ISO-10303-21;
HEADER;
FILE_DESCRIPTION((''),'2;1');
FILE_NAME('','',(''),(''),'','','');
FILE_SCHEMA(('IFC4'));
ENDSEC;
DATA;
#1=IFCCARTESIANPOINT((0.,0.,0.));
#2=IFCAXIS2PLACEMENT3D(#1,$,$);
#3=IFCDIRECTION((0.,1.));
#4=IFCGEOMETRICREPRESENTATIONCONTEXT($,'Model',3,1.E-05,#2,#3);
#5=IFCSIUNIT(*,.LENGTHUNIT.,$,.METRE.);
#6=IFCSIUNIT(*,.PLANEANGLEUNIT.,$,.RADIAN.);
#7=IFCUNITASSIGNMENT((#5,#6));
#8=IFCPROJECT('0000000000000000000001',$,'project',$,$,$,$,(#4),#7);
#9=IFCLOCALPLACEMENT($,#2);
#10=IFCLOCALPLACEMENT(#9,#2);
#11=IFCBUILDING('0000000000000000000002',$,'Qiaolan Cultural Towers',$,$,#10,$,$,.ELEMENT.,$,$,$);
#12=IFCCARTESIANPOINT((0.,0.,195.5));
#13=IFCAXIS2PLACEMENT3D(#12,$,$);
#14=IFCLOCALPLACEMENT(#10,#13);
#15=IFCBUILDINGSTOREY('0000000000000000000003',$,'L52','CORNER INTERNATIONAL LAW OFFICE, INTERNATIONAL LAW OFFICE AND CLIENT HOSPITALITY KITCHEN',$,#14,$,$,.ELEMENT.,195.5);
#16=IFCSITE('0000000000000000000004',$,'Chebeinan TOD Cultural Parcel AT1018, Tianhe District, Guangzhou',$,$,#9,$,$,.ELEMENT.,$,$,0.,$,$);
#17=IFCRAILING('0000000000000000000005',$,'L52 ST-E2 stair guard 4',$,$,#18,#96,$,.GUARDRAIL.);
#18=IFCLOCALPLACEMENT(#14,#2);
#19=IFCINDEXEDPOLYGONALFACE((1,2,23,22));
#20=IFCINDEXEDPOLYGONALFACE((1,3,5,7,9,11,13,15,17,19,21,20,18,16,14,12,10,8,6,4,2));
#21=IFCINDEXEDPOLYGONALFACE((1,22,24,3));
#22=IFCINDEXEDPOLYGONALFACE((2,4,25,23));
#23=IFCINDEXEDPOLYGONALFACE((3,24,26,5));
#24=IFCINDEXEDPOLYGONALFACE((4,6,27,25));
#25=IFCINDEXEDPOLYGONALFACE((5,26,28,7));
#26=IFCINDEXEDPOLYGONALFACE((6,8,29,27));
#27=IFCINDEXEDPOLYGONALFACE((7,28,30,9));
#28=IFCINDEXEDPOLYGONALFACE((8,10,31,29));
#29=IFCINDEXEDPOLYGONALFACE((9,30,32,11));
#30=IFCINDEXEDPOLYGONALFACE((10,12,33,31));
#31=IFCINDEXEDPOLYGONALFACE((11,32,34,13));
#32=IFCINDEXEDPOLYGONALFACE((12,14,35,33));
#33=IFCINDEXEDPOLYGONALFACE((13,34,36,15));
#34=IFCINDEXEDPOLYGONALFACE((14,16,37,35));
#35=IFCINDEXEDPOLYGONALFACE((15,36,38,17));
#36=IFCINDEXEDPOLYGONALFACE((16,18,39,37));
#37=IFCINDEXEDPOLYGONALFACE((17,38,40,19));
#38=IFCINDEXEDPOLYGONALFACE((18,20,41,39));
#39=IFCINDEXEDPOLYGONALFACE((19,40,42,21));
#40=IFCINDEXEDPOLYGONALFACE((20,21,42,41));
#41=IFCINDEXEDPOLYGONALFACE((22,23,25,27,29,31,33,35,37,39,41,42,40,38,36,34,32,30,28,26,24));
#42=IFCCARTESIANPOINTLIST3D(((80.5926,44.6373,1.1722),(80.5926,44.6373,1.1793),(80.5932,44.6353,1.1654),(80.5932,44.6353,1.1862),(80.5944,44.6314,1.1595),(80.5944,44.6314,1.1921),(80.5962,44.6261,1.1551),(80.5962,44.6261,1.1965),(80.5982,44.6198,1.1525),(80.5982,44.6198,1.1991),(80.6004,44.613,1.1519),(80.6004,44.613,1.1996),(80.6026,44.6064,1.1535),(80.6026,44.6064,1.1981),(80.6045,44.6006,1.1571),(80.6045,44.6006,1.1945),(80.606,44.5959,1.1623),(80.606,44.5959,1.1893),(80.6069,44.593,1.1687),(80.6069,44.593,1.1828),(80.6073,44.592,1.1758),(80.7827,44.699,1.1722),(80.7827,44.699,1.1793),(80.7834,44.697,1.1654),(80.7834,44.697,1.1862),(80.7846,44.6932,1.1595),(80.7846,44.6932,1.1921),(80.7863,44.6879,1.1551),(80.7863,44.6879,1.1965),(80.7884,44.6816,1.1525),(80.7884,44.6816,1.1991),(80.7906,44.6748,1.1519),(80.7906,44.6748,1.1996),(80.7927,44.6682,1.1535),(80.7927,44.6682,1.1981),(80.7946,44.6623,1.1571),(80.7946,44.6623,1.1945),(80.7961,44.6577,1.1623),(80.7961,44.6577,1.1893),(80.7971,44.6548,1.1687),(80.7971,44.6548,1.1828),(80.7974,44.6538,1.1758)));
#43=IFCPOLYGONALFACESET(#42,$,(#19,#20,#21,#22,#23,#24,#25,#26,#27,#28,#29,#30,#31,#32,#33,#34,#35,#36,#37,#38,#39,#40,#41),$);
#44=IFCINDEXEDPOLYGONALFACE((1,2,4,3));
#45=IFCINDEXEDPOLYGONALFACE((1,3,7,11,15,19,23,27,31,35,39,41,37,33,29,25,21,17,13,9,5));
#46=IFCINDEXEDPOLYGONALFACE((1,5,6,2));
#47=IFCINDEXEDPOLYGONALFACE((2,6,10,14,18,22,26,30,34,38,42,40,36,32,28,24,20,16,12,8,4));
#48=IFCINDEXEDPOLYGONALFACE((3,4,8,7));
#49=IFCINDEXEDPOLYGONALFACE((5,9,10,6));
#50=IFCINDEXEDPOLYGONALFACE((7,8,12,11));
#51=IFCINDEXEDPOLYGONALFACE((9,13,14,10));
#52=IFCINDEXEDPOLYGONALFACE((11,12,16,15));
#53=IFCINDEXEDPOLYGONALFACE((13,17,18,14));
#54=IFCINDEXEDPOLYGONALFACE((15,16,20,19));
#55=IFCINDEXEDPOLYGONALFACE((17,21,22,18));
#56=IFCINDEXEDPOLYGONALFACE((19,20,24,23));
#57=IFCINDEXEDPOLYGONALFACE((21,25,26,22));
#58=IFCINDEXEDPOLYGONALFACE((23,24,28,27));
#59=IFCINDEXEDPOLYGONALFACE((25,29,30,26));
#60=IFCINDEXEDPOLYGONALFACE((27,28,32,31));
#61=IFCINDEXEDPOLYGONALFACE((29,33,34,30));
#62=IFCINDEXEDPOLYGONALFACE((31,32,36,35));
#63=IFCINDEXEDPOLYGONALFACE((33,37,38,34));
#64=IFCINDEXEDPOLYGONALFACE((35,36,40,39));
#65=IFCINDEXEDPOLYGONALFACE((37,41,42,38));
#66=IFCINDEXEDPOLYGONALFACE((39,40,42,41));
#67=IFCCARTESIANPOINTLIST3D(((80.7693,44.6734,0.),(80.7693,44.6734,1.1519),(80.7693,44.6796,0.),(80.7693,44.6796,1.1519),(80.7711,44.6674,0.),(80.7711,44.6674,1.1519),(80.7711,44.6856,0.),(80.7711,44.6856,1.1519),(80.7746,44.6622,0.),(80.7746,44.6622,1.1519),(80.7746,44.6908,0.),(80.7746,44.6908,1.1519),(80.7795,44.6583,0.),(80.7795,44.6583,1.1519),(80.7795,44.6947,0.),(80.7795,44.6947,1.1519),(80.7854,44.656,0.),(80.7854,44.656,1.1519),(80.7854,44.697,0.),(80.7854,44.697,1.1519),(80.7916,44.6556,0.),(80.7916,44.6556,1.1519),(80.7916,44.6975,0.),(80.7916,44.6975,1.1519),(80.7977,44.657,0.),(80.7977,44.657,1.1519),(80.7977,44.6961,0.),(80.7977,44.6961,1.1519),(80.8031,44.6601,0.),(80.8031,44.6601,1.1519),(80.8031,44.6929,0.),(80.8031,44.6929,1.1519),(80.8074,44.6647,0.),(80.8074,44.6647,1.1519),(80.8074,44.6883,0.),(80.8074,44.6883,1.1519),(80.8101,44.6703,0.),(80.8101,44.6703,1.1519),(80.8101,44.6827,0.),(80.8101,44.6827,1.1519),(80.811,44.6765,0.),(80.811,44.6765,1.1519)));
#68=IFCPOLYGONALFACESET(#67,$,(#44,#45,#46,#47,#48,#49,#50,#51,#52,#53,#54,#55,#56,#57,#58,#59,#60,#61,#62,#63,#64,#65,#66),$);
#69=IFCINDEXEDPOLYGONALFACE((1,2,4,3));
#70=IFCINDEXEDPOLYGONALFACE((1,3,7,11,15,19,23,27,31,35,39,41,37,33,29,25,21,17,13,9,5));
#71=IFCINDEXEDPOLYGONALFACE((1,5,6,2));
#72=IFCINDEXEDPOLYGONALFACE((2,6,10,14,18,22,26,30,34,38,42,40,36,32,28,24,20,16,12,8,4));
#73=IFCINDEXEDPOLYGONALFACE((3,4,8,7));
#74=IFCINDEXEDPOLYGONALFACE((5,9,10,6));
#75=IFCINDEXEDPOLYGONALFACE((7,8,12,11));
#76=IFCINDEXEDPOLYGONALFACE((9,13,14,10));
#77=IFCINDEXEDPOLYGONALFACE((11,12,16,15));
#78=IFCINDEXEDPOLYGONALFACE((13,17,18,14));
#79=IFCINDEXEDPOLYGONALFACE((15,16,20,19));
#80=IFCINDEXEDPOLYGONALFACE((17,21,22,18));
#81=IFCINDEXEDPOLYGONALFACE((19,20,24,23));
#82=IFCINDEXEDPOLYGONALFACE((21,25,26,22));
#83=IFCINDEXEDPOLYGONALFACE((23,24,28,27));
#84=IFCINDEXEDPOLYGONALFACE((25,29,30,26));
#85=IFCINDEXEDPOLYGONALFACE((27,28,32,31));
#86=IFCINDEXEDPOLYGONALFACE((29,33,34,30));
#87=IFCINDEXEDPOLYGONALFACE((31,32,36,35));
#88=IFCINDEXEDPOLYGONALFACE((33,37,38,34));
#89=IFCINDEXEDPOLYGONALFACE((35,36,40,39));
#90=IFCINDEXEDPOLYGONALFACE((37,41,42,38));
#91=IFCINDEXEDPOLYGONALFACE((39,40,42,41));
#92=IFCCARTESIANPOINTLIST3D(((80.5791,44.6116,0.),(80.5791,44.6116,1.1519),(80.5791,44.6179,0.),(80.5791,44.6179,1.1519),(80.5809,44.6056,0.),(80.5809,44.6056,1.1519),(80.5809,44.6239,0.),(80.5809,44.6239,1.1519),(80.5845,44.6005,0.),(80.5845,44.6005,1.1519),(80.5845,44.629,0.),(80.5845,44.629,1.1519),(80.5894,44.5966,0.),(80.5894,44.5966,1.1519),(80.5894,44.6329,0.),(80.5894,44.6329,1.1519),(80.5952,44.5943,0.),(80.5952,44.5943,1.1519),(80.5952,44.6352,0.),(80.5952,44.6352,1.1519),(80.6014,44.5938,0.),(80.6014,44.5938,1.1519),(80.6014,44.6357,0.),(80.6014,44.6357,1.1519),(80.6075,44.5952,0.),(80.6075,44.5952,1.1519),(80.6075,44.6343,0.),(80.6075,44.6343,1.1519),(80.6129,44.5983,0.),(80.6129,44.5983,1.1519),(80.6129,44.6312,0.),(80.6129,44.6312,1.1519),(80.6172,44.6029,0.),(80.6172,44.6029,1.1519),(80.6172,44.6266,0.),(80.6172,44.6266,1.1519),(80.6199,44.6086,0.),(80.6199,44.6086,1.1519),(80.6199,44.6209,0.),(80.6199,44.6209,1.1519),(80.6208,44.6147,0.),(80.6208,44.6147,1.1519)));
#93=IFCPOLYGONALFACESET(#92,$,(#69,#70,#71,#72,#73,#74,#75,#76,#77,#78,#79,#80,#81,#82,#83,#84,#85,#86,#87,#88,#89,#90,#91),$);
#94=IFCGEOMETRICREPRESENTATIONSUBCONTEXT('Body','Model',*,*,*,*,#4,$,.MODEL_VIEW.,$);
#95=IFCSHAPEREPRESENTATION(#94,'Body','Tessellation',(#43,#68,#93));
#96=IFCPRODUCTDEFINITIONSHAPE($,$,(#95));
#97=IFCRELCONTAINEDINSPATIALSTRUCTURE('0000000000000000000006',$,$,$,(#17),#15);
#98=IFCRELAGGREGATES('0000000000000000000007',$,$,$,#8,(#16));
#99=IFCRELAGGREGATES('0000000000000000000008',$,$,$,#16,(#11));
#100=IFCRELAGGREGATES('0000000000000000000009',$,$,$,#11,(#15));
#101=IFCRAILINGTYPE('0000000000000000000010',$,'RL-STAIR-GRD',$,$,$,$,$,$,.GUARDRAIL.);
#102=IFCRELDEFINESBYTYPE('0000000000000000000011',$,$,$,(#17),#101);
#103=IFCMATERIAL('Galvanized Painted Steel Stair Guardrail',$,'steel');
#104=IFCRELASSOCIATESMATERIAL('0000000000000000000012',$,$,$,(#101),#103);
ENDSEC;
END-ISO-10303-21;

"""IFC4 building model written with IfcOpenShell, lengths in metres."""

from ifc_helpers import new_model, si_unit, direction, frame, origin, origin_2d, place, context, subcontext, project, spatial, circle, extrude, material, type_object, element, save


model = new_model("IFC4")

# Units and contexts
model_context = context("Model", 3, precision=1e-05, world=origin(), true_north=direction((0.0, 1.0)))
body_context = subcontext(model_context, "Body", "Model", "MODEL_VIEW")
ifc_project = project(units=[si_unit("LENGTHUNIT", "METRE"), si_unit("PLANEANGLEUNIT", "RADIAN")], contexts=[model_context])

# Site, building, storey
site_placement = place(None, origin())
site = spatial("IfcSite", under=ifc_project, at=site_placement, Name="Chebeinan TOD Cultural Parcel AT1018, Tianhe District, Guangzhou", CompositionType="ELEMENT", RefElevation=0.0)
building_placement = place(site_placement, origin())
building = spatial("IfcBuilding", under=site, at=building_placement, Name="Qiaolan Cultural Towers", CompositionType="ELEMENT")
storey_placement = place(building_placement, frame((0.0, 0.0, 195.5)))
storey = spatial("IfcBuildingStorey", under=building, at=storey_placement, Name="L52", Description="CORNER INTERNATIONAL LAW OFFICE, INTERNATIONAL LAW OFFICE AND CLIENT HOSPITALITY KITCHEN", CompositionType="ELEMENT", Elevation=195.5)

# Railing
ifc_material_1 = material(Name="Galvanized Painted Steel Stair Guardrail", Category="steel")
railing_type_1 = type_object("IfcRailingType", Name="RL-STAIR-GRD", PredefinedType="GUARDRAIL", material=ifc_material_1)
railing_1_placement = place(storey_placement, frame((80.79, 44.6765, 0.0)))
element("IfcRailing", 1, at=railing_1_placement, inside=storey, type_object=railing_type_1, Name="L52 ST-E2 stair guard 4", PredefinedType="GUARDRAIL", context=body_context, shape_type="SweptSolid", body=[
    extrude(circle(Radius=0.0239, at=origin_2d()), frame((0.0, 0.0, 1.1758), z_axis=(-0.951097, -0.308893, 0.0), x_axis=(0.308893, -0.951097, 0.0)), (0.0, 0.0, 1.0), 0.2),
    extrude(circle(Radius=0.021, at=origin_2d()), origin(), (0.0, 0.0, 1.0), 1.1519),
    extrude(circle(Radius=0.021, at=origin_2d()), frame((-0.1902, -0.0618, 0.0)), (0.0, 0.0, 1.0), 1.1519),
])

save(model, "model.ifc")
